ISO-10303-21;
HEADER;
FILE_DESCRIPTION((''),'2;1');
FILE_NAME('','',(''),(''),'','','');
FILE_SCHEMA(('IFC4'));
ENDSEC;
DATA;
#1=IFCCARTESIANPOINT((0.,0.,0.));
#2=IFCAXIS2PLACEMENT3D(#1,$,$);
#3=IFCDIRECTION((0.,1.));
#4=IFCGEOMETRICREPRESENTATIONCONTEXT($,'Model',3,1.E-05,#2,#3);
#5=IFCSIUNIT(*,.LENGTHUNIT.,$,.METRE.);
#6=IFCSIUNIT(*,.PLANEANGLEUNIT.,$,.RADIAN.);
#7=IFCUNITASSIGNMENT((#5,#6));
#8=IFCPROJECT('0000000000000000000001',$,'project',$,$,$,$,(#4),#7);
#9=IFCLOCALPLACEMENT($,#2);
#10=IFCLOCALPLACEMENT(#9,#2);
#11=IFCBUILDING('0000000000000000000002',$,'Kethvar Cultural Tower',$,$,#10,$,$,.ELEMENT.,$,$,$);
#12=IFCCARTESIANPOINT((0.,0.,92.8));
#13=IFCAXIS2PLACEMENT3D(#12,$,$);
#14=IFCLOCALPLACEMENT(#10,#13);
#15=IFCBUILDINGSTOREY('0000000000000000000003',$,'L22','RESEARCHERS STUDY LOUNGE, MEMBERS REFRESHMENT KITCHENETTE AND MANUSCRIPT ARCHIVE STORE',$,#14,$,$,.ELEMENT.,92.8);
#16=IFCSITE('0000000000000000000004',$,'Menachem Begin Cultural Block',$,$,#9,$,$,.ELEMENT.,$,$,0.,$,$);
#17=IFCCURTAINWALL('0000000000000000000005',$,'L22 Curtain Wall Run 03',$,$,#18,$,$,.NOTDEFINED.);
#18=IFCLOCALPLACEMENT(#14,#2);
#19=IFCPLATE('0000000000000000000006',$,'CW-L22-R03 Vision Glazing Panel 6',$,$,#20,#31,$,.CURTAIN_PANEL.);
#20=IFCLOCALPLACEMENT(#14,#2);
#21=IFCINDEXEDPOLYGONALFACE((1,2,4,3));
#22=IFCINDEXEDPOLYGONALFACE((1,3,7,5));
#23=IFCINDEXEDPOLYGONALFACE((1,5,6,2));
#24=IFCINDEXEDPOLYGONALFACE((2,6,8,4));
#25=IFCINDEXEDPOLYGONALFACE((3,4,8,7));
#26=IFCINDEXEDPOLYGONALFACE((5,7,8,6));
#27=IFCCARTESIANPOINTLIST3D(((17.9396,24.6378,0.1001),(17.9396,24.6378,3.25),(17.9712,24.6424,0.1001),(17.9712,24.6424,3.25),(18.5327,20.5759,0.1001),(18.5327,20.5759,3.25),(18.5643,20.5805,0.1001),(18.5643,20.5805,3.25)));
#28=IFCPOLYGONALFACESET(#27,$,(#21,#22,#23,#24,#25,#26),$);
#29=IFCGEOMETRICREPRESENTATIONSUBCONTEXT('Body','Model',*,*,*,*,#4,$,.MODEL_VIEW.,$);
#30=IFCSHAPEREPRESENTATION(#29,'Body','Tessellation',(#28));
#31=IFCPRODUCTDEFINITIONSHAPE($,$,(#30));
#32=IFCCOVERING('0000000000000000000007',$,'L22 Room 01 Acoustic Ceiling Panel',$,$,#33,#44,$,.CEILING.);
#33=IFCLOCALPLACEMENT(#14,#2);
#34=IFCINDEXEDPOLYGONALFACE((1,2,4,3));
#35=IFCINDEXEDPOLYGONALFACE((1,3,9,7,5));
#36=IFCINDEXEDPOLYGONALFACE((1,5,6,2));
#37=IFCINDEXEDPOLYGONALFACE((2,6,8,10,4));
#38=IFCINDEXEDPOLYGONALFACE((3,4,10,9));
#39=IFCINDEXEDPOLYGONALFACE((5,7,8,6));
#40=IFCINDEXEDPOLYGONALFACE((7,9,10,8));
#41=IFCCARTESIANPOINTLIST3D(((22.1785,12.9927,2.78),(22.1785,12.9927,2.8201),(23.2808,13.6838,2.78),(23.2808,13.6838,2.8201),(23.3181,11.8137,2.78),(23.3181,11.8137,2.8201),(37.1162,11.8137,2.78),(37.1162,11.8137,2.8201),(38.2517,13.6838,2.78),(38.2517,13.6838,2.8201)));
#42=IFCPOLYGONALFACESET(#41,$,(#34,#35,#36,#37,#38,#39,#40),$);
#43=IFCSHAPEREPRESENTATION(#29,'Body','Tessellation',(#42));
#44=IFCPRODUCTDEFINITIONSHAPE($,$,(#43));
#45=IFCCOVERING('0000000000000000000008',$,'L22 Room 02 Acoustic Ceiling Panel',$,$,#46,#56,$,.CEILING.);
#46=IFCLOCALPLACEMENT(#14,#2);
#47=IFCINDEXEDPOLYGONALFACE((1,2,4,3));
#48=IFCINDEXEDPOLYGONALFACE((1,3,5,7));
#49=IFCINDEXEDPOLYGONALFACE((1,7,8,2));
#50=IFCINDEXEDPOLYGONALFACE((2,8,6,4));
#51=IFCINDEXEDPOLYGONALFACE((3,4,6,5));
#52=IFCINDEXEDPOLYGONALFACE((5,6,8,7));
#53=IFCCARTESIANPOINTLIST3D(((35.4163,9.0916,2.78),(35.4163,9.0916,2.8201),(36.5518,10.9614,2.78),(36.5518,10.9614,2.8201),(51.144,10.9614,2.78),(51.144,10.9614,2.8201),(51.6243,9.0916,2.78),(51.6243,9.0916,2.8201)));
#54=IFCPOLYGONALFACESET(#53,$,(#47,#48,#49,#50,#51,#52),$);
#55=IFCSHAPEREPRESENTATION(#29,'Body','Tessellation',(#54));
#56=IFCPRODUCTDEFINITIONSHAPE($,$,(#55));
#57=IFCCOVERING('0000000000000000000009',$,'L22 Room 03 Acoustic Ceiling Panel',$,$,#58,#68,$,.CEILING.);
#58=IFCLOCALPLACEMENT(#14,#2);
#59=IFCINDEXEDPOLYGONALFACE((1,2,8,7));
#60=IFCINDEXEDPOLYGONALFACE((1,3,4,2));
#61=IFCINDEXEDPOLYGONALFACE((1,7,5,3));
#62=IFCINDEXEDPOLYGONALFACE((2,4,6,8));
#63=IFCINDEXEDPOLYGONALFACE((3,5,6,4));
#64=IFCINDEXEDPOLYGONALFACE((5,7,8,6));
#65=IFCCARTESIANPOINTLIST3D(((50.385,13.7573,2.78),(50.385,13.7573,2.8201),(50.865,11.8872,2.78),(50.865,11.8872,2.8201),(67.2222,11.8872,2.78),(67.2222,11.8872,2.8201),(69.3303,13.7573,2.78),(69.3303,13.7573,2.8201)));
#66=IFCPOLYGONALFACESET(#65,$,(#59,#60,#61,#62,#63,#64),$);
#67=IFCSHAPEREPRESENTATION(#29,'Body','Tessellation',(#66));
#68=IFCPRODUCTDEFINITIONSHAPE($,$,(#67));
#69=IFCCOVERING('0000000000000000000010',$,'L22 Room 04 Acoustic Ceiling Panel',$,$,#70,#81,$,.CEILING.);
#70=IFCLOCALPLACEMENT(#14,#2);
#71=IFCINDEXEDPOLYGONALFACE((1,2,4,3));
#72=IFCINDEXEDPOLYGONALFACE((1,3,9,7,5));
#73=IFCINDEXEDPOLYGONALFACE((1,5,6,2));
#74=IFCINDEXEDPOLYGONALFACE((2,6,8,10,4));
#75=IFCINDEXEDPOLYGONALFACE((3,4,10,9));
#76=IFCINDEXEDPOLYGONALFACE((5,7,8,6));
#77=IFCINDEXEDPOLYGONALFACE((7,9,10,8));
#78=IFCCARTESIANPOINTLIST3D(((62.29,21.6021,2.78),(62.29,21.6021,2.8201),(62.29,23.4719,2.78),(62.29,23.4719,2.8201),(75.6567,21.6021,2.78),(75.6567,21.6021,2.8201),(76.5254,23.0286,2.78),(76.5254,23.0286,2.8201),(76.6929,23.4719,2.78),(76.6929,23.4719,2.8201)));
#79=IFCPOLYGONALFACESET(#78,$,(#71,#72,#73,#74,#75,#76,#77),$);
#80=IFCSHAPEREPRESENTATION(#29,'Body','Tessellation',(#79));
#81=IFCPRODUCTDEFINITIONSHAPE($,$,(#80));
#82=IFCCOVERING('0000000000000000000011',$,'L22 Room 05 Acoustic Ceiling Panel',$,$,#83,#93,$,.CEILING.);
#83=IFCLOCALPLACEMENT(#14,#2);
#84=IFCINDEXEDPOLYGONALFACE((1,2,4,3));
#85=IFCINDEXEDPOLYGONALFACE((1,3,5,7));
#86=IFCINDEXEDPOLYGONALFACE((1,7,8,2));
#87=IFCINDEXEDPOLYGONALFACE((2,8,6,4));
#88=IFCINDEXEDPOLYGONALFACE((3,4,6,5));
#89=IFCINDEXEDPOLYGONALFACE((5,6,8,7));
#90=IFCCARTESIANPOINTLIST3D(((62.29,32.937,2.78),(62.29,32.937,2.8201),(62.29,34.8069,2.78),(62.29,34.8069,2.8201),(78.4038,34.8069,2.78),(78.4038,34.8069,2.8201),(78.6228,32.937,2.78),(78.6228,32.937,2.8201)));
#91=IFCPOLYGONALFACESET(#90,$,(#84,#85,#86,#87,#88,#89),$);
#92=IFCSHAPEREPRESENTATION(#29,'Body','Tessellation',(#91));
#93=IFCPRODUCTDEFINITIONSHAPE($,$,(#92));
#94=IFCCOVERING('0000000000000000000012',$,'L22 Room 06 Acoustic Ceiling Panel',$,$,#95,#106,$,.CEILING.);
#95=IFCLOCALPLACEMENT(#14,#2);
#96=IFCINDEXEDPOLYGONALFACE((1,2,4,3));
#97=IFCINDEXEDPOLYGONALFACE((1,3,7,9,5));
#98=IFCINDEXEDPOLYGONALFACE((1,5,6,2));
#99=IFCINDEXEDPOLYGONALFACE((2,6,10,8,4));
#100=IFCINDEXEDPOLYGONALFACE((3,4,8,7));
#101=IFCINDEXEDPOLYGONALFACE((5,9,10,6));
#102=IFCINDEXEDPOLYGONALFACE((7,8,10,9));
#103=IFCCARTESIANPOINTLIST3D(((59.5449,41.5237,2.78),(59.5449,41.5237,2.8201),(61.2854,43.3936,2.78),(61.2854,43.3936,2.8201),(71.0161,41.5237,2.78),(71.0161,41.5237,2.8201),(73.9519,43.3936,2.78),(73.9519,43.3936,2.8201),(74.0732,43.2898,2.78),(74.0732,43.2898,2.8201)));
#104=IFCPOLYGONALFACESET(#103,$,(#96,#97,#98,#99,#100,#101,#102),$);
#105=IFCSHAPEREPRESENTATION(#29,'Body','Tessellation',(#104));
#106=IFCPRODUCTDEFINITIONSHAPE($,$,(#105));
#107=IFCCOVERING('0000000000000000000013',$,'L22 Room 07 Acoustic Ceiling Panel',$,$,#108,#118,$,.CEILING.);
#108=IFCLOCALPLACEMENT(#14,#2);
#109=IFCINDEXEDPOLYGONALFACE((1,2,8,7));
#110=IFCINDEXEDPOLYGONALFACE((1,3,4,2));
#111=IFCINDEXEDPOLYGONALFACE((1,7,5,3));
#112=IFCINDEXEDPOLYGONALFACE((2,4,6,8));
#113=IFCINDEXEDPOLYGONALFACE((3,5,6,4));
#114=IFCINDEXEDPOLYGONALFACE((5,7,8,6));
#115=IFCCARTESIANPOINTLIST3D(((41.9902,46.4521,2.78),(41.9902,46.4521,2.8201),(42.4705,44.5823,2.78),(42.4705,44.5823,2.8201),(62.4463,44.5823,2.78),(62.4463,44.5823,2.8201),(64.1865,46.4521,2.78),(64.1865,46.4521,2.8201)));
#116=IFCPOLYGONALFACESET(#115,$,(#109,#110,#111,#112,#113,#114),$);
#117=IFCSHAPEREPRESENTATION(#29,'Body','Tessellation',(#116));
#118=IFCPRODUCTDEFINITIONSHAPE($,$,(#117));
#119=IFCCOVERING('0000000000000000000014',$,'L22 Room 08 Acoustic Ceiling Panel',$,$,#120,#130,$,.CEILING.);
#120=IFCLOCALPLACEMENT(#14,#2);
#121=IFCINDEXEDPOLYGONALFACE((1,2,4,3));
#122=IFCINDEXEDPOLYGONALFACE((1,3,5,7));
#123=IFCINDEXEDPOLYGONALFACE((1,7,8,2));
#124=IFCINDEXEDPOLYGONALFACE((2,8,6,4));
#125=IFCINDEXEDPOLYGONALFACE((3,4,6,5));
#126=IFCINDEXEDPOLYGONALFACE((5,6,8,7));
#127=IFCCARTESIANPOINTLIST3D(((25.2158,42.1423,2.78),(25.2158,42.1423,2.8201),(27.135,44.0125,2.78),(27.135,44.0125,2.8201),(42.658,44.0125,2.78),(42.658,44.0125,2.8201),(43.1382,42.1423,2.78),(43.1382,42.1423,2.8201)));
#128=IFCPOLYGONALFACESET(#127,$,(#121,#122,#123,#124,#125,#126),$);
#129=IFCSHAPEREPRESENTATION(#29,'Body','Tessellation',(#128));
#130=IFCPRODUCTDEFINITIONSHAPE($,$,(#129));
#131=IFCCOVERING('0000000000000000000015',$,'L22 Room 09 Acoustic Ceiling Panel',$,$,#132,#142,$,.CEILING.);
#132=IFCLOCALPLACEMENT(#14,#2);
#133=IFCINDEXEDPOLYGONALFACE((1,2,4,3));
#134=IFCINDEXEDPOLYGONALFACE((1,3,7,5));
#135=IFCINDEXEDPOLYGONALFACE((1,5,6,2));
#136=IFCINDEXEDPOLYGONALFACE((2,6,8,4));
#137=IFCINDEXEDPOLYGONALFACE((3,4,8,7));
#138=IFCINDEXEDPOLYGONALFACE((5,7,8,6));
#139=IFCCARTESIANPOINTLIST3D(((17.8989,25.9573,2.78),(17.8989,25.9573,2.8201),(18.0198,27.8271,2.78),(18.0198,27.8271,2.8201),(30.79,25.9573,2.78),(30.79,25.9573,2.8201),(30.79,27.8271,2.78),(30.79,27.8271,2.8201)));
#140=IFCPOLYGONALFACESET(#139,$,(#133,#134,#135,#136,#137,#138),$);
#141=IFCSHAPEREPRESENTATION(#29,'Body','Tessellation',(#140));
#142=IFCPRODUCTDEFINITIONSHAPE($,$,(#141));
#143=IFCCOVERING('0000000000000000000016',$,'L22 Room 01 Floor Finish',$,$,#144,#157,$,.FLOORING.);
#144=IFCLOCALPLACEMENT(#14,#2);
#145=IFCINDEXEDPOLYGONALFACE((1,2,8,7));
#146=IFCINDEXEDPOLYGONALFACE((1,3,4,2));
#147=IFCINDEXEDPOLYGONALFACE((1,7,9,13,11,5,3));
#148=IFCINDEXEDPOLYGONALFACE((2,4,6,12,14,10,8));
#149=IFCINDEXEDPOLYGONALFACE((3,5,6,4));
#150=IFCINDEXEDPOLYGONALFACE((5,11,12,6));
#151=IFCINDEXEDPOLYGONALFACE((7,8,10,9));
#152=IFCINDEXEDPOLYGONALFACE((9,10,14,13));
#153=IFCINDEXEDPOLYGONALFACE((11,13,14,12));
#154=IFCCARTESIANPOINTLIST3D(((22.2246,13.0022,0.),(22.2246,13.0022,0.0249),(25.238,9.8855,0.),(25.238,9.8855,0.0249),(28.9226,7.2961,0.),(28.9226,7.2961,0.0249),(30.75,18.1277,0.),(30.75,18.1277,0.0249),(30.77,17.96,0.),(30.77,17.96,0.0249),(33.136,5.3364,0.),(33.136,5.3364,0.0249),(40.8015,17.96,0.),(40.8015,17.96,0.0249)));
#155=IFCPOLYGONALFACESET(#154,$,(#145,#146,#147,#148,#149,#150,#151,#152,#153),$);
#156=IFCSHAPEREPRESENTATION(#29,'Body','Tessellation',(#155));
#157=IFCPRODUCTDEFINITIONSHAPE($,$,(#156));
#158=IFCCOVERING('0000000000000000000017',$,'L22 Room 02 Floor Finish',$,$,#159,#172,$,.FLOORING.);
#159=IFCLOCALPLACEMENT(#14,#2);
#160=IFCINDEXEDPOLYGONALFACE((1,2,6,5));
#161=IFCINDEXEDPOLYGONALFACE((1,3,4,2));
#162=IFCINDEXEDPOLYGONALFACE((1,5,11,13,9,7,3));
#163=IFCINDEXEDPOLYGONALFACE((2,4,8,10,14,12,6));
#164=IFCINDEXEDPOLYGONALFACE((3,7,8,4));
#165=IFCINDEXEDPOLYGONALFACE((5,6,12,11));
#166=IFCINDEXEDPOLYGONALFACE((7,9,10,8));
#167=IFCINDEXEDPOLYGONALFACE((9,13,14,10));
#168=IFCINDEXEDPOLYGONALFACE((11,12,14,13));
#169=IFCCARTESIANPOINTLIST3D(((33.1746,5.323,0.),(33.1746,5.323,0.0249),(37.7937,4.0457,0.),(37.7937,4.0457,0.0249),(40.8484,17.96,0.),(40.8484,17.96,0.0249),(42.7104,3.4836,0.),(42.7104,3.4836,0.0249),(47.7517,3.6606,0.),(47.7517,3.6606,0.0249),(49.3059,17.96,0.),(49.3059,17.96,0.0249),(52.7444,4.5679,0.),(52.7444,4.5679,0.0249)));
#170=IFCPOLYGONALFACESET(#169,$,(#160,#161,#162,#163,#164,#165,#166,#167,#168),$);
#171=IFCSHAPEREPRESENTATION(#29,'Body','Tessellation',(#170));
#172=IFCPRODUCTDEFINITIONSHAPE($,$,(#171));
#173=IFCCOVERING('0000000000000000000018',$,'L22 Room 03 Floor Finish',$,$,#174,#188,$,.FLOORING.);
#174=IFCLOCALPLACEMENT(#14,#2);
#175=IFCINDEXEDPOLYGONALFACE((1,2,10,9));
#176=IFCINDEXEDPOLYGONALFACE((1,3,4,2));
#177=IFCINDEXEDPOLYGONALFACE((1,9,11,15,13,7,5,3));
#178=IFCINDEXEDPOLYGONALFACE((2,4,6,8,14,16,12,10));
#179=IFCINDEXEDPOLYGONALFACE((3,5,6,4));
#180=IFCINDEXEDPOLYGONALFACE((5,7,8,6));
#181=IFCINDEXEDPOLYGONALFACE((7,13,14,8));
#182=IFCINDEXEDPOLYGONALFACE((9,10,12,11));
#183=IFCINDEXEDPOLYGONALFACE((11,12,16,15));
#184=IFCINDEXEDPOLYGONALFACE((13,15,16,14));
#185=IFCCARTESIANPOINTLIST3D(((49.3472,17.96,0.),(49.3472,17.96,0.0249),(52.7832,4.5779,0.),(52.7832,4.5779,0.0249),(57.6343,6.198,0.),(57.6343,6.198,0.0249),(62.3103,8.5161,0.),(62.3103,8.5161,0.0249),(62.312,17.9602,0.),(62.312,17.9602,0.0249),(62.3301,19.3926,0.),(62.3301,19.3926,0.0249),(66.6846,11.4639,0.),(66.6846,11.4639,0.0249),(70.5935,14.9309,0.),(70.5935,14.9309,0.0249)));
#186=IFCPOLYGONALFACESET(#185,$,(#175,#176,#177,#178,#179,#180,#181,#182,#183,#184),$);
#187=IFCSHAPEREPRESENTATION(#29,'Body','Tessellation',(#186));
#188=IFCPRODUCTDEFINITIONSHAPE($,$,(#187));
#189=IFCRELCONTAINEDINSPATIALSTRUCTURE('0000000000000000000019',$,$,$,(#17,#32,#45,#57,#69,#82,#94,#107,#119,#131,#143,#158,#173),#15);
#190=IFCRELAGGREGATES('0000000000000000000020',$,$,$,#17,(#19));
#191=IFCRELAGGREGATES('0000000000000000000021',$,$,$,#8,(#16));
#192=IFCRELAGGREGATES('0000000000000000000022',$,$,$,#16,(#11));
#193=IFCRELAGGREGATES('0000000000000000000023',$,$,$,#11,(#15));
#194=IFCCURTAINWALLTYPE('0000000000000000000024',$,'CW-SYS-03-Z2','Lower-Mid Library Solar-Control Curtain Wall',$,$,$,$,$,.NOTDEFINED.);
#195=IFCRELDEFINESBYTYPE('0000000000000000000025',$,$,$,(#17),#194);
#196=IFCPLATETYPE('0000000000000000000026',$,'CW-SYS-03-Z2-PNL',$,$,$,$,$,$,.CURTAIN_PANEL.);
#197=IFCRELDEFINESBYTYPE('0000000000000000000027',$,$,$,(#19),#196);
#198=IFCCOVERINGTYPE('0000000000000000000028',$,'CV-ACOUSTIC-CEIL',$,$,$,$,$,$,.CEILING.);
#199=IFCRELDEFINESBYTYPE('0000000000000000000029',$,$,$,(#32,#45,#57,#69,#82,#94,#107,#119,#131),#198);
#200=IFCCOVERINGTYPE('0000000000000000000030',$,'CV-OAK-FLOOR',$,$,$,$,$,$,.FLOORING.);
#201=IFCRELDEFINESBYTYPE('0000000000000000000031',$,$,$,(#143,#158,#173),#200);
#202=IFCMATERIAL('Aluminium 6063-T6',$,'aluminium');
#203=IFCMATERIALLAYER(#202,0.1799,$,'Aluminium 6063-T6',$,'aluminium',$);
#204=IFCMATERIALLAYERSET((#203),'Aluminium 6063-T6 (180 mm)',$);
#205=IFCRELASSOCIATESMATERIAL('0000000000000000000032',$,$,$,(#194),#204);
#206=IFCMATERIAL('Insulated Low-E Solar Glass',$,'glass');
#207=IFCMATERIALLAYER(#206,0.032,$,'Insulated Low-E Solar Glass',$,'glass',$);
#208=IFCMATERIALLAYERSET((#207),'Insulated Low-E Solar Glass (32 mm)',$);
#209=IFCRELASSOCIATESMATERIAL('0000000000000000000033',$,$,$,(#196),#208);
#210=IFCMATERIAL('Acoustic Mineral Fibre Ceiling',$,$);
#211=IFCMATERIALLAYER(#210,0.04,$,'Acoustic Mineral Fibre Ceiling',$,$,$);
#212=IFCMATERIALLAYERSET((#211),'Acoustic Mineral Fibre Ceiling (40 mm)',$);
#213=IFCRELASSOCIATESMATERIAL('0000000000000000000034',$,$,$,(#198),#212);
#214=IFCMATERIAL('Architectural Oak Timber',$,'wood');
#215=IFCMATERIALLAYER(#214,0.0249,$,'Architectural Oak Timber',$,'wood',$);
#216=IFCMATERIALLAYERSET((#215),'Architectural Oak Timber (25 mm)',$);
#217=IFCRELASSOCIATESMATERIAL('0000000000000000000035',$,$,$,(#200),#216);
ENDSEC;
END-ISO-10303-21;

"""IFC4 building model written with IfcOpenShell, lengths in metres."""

from ifc_helpers import new_model, si_unit, direction, frame, origin, origin_2d, place, context, subcontext, project, spatial, polyline, rectangle, outline, extrude, source, transform, mapped, material, layer, layer_set, type_object, element, aggregate, save


model = new_model("IFC4")

# Units and contexts
model_context = context("Model", 3, precision=1e-05, world=origin(), true_north=direction((0.0, 1.0)))
body_context = subcontext(model_context, "Body", "Model", "MODEL_VIEW")
ifc_project = project(units=[si_unit("LENGTHUNIT", "METRE"), si_unit("PLANEANGLEUNIT", "RADIAN")], contexts=[model_context])

# Site, building, storey
site_placement = place(None, origin())
site = spatial("IfcSite", under=ifc_project, at=site_placement, Name="Menachem Begin Cultural Block", CompositionType="ELEMENT", RefElevation=0.0)
building_placement = place(site_placement, origin())
building = spatial("IfcBuilding", under=site, at=building_placement, Name="Kethvar Cultural Tower", CompositionType="ELEMENT")
storey_placement = place(building_placement, frame((0.0, 0.0, 92.8)))
storey = spatial("IfcBuildingStorey", under=building, at=storey_placement, Name="L22", Description="RESEARCHERS STUDY LOUNGE, MEMBERS REFRESHMENT KITCHENETTE AND MANUSCRIPT ARCHIVE STORE", CompositionType="ELEMENT", Elevation=92.8)

# Curtain wall, plate
ifc_material_1 = material(Name="Aluminium 6063-T6", Category="aluminium")
ifc_layer_1 = layer(ifc_material_1, 0.1799, Name="Aluminium 6063-T6", Category="aluminium")
ifc_layer_set_1 = layer_set([ifc_layer_1], Name="Aluminium 6063-T6 (180 mm)")
curtain_wall_type = type_object("IfcCurtainWallType", Name="CW-SYS-03-Z2", Description="Lower-Mid Library Solar-Control Curtain Wall", PredefinedType="NOTDEFINED", material=ifc_layer_set_1)
curtain_wall_placement = place(storey_placement, origin())
curtain_wall = element("IfcCurtainWall", 1, at=curtain_wall_placement, inside=storey, type_object=curtain_wall_type, Name="L22 Curtain Wall Run 03", PredefinedType="NOTDEFINED")
ifc_material_2 = material(Name="Insulated Low-E Solar Glass", Category="glass")
ifc_layer_2 = layer(ifc_material_2, 0.032, Name="Insulated Low-E Solar Glass", Category="glass")
ifc_layer_set_2 = layer_set([ifc_layer_2], Name="Insulated Low-E Solar Glass (32 mm)")
plate_type = type_object("IfcPlateType", Name="CW-SYS-03-Z2-PNL", PredefinedType="CURTAIN_PANEL", material=ifc_layer_set_2)
shared_shape_1 = source(origin(), body_context, "Body", "SweptSolid", [
    extrude(rectangle(XDim=4.105, YDim=0.032, at=origin_2d()), origin(), (0.0, 0.0, 1.0), 3.1499),
])
plate_placement = place(storey_placement, frame((18.252, 22.6091, 0.1001), z_axis=(0.0, 0.0, 1.0), x_axis=(0.144477, -0.989508, 0.0)))
plate = element("IfcPlate", 2, at=plate_placement, type_object=plate_type, Name="CW-L22-R03 Vision Glazing Panel 6", PredefinedType="CURTAIN_PANEL", context=body_context, shape_type="MappedRepresentation", body=[
    mapped(shared_shape_1, transform((0.0, 0.0, 0.0), scale=1.0)),
])
aggregate(curtain_wall, [plate])

# Coverings
ifc_material_3 = material(Name="Acoustic Mineral Fibre Ceiling")
ifc_layer_3 = layer(ifc_material_3, 0.04, Name="Acoustic Mineral Fibre Ceiling")
ifc_layer_set_3 = layer_set([ifc_layer_3], Name="Acoustic Mineral Fibre Ceiling (40 mm)")
covering_type_1 = type_object("IfcCoveringType", Name="CV-ACOUSTIC-CEIL", PredefinedType="CEILING", material=ifc_layer_set_3)
covering_1_placement = place(storey_placement, frame((0.0, 0.0, 2.78)))
element("IfcCovering", 3, at=covering_1_placement, inside=storey, type_object=covering_type_1, Name="L22 Room 01 Acoustic Ceiling Panel", PredefinedType="CEILING", context=body_context, shape_type="SweptSolid", body=[
    extrude(outline(polyline([(22.1785, 12.9927), (23.2808, 13.6838), (38.2517, 13.6838), (37.1162, 11.8137), (23.3181, 11.8137), (22.1785, 12.9927)])), origin(), (0.0, 0.0, 1.0), 0.04),
])
covering_2_placement = place(storey_placement, frame((0.0, 0.0, 2.78)))
element("IfcCovering", 4, at=covering_2_placement, inside=storey, type_object=covering_type_1, Name="L22 Room 02 Acoustic Ceiling Panel", PredefinedType="CEILING", context=body_context, shape_type="SweptSolid", body=[
    extrude(outline(polyline([(36.5518, 10.9614), (51.144, 10.9614), (51.6243, 9.0916), (35.4163, 9.0916), (36.5518, 10.9614)])), origin(), (0.0, 0.0, 1.0), 0.04),
])
covering_3_placement = place(storey_placement, frame((0.0, 0.0, 2.78)))
element("IfcCovering", 5, at=covering_3_placement, inside=storey, type_object=covering_type_1, Name="L22 Room 03 Acoustic Ceiling Panel", PredefinedType="CEILING", context=body_context, shape_type="SweptSolid", body=[
    extrude(outline(polyline([(50.385, 13.7573), (69.3303, 13.7573), (67.2222, 11.8872), (50.865, 11.8872), (50.385, 13.7573)])), origin(), (0.0, 0.0, 1.0), 0.04),
])
covering_4_placement = place(storey_placement, frame((0.0, 0.0, 2.78)))
element("IfcCovering", 6, at=covering_4_placement, inside=storey, type_object=covering_type_1, Name="L22 Room 04 Acoustic Ceiling Panel", PredefinedType="CEILING", context=body_context, shape_type="SweptSolid", body=[
    extrude(outline(polyline([(76.5254, 23.0286), (75.6567, 21.6021), (62.29, 21.6021), (62.29, 23.4719), (76.6929, 23.4719), (76.5254, 23.0286)])), origin(), (0.0, 0.0, 1.0), 0.04),
])
covering_5_placement = place(storey_placement, frame((0.0, 0.0, 2.78)))
element("IfcCovering", 7, at=covering_5_placement, inside=storey, type_object=covering_type_1, Name="L22 Room 05 Acoustic Ceiling Panel", PredefinedType="CEILING", context=body_context, shape_type="SweptSolid", body=[
    extrude(outline(polyline([(62.29, 34.8069), (78.4038, 34.8069), (78.6228, 32.937), (62.29, 32.937), (62.29, 34.8069)])), origin(), (0.0, 0.0, 1.0), 0.04),
])
covering_6_placement = place(storey_placement, frame((0.0, 0.0, 2.78)))
element("IfcCovering", 8, at=covering_6_placement, inside=storey, type_object=covering_type_1, Name="L22 Room 06 Acoustic Ceiling Panel", PredefinedType="CEILING", context=body_context, shape_type="SweptSolid", body=[
    extrude(outline(polyline([(74.0732, 43.2898), (71.0161, 41.5237), (59.5449, 41.5237), (61.2854, 43.3936), (73.9519, 43.3936), (74.0732, 43.2898)])), origin(), (0.0, 0.0, 1.0), 0.04),
])
covering_7_placement = place(storey_placement, frame((0.0, 0.0, 2.78)))
element("IfcCovering", 9, at=covering_7_placement, inside=storey, type_object=covering_type_1, Name="L22 Room 07 Acoustic Ceiling Panel", PredefinedType="CEILING", context=body_context, shape_type="SweptSolid", body=[
    extrude(outline(polyline([(62.4463, 44.5823), (42.4705, 44.5823), (41.9902, 46.4521), (64.1865, 46.4521), (62.4463, 44.5823)])), origin(), (0.0, 0.0, 1.0), 0.04),
])
covering_8_placement = place(storey_placement, frame((0.0, 0.0, 2.78)))
element("IfcCovering", 10, at=covering_8_placement, inside=storey, type_object=covering_type_1, Name="L22 Room 08 Acoustic Ceiling Panel", PredefinedType="CEILING", context=body_context, shape_type="SweptSolid", body=[
    extrude(outline(polyline([(43.1382, 42.1423), (25.2158, 42.1423), (27.135, 44.0125), (42.658, 44.0125), (43.1382, 42.1423)])), origin(), (0.0, 0.0, 1.0), 0.04),
])
covering_9_placement = place(storey_placement, frame((0.0, 0.0, 2.78)))
element("IfcCovering", 11, at=covering_9_placement, inside=storey, type_object=covering_type_1, Name="L22 Room 09 Acoustic Ceiling Panel", PredefinedType="CEILING", context=body_context, shape_type="SweptSolid", body=[
    extrude(outline(polyline([(18.0198, 27.8271), (30.79, 27.8271), (30.79, 25.9573), (17.8989, 25.9573), (18.0198, 27.8271)])), origin(), (0.0, 0.0, 1.0), 0.04),
])
ifc_material_4 = material(Name="Architectural Oak Timber", Category="wood")
ifc_layer_4 = layer(ifc_material_4, 0.0249, Name="Architectural Oak Timber", Category="wood")
ifc_layer_set_4 = layer_set([ifc_layer_4], Name="Architectural Oak Timber (25 mm)")
covering_type_2 = type_object("IfcCoveringType", Name="CV-OAK-FLOOR", PredefinedType="FLOORING", material=ifc_layer_set_4)
covering_10_placement = place(storey_placement, origin())
element("IfcCovering", 12, at=covering_10_placement, inside=storey, type_object=covering_type_2, Name="L22 Room 01 Floor Finish", PredefinedType="FLOORING", context=body_context, shape_type="SweptSolid", body=[
    extrude(outline(polyline([(28.9226, 7.2961), (25.238, 9.8855), (22.2246, 13.0022), (30.75, 18.1277), (30.77, 17.96), (40.8015, 17.96), (33.136, 5.3364), (28.9226, 7.2961)])), origin(), (0.0, 0.0, 1.0), 0.0249),
])
covering_11_placement = place(storey_placement, origin())
element("IfcCovering", 13, at=covering_11_placement, inside=storey, type_object=covering_type_2, Name="L22 Room 02 Floor Finish", PredefinedType="FLOORING", context=body_context, shape_type="SweptSolid", body=[
    extrude(outline(polyline([(52.7444, 4.5679), (47.7517, 3.6606), (42.7104, 3.4836), (37.7937, 4.0457), (33.1746, 5.323), (40.8484, 17.96), (49.3059, 17.96), (52.7444, 4.5679)])), origin(), (0.0, 0.0, 1.0), 0.0249),
])
covering_12_placement = place(storey_placement, origin())
element("IfcCovering", 14, at=covering_12_placement, inside=storey, type_object=covering_type_2, Name="L22 Room 03 Floor Finish", PredefinedType="FLOORING", context=body_context, shape_type="SweptSolid", body=[
    extrude(outline(polyline([(66.6846, 11.4639), (62.3103, 8.5161), (57.6343, 6.198), (52.7832, 4.5779), (49.3472, 17.96), (62.312, 17.9602), (62.3301, 19.3926), (70.5935, 14.9309), (66.6846, 11.4639)])), origin(), (0.0, 0.0, 1.0), 0.0249),
])

save(model, "model.ifc")
